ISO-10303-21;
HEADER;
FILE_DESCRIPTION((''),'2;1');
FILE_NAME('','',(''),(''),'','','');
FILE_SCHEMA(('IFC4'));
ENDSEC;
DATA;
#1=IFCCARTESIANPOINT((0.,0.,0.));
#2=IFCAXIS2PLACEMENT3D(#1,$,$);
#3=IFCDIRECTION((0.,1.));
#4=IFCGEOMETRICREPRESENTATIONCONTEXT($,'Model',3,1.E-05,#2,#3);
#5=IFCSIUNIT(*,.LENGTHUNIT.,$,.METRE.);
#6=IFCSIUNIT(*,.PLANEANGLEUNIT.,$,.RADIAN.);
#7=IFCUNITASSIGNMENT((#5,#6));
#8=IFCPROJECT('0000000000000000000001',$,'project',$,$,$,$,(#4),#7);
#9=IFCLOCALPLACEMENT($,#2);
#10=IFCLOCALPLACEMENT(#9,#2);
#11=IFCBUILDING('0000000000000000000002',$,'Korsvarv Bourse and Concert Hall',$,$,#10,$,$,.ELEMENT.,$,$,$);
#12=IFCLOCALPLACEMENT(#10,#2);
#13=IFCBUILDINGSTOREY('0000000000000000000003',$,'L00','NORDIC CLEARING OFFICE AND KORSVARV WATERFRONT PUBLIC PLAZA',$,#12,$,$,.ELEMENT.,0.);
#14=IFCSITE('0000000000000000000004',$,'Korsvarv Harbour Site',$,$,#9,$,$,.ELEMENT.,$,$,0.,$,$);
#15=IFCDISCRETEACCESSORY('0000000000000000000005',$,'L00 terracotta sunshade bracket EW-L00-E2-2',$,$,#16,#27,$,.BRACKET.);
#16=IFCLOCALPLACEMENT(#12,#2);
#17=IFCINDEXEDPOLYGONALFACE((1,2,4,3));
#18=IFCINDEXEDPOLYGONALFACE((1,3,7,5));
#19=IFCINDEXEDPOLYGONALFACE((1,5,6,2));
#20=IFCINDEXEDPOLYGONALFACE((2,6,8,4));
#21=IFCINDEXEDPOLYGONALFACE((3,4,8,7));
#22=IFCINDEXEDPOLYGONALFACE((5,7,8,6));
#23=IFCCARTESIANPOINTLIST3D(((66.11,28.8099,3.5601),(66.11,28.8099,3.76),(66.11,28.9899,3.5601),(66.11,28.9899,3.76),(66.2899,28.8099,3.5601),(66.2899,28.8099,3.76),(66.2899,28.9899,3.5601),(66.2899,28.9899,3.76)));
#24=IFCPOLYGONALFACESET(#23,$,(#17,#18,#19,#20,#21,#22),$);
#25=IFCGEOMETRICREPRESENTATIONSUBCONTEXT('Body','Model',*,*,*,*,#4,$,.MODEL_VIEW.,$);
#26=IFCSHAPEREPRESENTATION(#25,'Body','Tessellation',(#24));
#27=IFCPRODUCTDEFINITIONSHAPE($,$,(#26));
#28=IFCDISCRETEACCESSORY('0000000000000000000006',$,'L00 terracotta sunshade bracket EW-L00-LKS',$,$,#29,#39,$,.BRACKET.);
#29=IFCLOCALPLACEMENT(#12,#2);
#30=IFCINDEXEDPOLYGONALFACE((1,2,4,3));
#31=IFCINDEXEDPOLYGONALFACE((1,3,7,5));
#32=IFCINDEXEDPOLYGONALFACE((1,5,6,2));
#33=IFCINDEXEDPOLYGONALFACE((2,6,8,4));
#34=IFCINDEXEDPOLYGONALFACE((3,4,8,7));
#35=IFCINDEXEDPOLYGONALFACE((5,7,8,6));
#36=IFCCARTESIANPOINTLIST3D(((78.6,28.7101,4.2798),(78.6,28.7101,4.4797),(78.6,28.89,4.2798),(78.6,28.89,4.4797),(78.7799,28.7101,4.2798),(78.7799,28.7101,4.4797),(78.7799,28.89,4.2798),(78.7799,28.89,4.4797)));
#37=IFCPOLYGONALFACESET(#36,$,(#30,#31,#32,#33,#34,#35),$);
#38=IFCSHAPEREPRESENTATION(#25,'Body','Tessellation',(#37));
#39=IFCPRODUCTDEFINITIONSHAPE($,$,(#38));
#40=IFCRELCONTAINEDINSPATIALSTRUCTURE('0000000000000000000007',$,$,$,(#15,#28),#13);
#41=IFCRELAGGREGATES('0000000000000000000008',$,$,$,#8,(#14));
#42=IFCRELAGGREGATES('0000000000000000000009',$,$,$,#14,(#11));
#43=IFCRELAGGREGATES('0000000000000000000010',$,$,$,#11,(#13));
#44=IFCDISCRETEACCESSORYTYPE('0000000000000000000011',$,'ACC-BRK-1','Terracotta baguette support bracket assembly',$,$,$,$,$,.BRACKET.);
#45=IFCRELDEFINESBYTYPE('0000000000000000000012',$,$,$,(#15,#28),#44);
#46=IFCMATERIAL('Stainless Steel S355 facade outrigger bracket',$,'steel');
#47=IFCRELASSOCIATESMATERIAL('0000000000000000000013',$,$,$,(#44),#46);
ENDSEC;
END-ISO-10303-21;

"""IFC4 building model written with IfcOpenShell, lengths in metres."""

from ifc_helpers import new_model, si_unit, direction, frame, origin, origin_2d, place, context, subcontext, project, spatial, rectangle, extrude, source, transform, mapped, material, type_object, element, save


model = new_model("IFC4")

# Units and contexts
model_context = context("Model", 3, precision=1e-05, world=origin(), true_north=direction((0.0, 1.0)))
body_context = subcontext(model_context, "Body", "Model", "MODEL_VIEW")
ifc_project = project(units=[si_unit("LENGTHUNIT", "METRE"), si_unit("PLANEANGLEUNIT", "RADIAN")], contexts=[model_context])

# Site, building, storey
site_placement = place(None, origin())
site = spatial("IfcSite", under=ifc_project, at=site_placement, Name="Korsvarv Harbour Site", CompositionType="ELEMENT", RefElevation=0.0)
building_placement = place(site_placement, origin())
building = spatial("IfcBuilding", under=site, at=building_placement, Name="Korsvarv Bourse and Concert Hall", CompositionType="ELEMENT")
storey_placement = place(building_placement, origin())
storey = spatial("IfcBuildingStorey", under=building, at=storey_placement, Name="L00", Description="NORDIC CLEARING OFFICE AND KORSVARV WATERFRONT PUBLIC PLAZA", CompositionType="ELEMENT", Elevation=0.0)

# Discrete accessories
ifc_material_1 = material(Name="Stainless Steel S355 facade outrigger bracket", Category="steel")
discrete_accessory_type = type_object("IfcDiscreteAccessoryType", Name="ACC-BRK-1", Description="Terracotta baguette support bracket assembly", PredefinedType="BRACKET", material=ifc_material_1)
shared_shape_1 = source(origin(), body_context, "Body", "SweptSolid", [
    extrude(rectangle(XDim=0.1799, YDim=0.1799, at=origin_2d()), origin(), (0.0, 0.0, 1.0), 0.2),
])
for number, where, z_axis, x_axis, name in (
    (1, (66.2, 28.8999, 3.5601), (0.0, 0.0, 1.0), (0.0, 1.0, 0.0), "L00 terracotta sunshade bracket EW-L00-E2-2"),
    (2, (78.6899, 28.8, 4.2798), (0.0, 0.0, 1.0), (1.0, 0.0, 0.0), "L00 terracotta sunshade bracket EW-L00-LKS"),
):
    element("IfcDiscreteAccessory", number, at=place(storey_placement, frame(where, z_axis=z_axis, x_axis=x_axis)), inside=storey, type_object=discrete_accessory_type, Name=name, PredefinedType="BRACKET", context=body_context, shape_type="MappedRepresentation", body=[
        mapped(shared_shape_1, transform((0.0, 0.0, 0.0), scale=1.0)),
    ])

save(model, "model.ifc")
